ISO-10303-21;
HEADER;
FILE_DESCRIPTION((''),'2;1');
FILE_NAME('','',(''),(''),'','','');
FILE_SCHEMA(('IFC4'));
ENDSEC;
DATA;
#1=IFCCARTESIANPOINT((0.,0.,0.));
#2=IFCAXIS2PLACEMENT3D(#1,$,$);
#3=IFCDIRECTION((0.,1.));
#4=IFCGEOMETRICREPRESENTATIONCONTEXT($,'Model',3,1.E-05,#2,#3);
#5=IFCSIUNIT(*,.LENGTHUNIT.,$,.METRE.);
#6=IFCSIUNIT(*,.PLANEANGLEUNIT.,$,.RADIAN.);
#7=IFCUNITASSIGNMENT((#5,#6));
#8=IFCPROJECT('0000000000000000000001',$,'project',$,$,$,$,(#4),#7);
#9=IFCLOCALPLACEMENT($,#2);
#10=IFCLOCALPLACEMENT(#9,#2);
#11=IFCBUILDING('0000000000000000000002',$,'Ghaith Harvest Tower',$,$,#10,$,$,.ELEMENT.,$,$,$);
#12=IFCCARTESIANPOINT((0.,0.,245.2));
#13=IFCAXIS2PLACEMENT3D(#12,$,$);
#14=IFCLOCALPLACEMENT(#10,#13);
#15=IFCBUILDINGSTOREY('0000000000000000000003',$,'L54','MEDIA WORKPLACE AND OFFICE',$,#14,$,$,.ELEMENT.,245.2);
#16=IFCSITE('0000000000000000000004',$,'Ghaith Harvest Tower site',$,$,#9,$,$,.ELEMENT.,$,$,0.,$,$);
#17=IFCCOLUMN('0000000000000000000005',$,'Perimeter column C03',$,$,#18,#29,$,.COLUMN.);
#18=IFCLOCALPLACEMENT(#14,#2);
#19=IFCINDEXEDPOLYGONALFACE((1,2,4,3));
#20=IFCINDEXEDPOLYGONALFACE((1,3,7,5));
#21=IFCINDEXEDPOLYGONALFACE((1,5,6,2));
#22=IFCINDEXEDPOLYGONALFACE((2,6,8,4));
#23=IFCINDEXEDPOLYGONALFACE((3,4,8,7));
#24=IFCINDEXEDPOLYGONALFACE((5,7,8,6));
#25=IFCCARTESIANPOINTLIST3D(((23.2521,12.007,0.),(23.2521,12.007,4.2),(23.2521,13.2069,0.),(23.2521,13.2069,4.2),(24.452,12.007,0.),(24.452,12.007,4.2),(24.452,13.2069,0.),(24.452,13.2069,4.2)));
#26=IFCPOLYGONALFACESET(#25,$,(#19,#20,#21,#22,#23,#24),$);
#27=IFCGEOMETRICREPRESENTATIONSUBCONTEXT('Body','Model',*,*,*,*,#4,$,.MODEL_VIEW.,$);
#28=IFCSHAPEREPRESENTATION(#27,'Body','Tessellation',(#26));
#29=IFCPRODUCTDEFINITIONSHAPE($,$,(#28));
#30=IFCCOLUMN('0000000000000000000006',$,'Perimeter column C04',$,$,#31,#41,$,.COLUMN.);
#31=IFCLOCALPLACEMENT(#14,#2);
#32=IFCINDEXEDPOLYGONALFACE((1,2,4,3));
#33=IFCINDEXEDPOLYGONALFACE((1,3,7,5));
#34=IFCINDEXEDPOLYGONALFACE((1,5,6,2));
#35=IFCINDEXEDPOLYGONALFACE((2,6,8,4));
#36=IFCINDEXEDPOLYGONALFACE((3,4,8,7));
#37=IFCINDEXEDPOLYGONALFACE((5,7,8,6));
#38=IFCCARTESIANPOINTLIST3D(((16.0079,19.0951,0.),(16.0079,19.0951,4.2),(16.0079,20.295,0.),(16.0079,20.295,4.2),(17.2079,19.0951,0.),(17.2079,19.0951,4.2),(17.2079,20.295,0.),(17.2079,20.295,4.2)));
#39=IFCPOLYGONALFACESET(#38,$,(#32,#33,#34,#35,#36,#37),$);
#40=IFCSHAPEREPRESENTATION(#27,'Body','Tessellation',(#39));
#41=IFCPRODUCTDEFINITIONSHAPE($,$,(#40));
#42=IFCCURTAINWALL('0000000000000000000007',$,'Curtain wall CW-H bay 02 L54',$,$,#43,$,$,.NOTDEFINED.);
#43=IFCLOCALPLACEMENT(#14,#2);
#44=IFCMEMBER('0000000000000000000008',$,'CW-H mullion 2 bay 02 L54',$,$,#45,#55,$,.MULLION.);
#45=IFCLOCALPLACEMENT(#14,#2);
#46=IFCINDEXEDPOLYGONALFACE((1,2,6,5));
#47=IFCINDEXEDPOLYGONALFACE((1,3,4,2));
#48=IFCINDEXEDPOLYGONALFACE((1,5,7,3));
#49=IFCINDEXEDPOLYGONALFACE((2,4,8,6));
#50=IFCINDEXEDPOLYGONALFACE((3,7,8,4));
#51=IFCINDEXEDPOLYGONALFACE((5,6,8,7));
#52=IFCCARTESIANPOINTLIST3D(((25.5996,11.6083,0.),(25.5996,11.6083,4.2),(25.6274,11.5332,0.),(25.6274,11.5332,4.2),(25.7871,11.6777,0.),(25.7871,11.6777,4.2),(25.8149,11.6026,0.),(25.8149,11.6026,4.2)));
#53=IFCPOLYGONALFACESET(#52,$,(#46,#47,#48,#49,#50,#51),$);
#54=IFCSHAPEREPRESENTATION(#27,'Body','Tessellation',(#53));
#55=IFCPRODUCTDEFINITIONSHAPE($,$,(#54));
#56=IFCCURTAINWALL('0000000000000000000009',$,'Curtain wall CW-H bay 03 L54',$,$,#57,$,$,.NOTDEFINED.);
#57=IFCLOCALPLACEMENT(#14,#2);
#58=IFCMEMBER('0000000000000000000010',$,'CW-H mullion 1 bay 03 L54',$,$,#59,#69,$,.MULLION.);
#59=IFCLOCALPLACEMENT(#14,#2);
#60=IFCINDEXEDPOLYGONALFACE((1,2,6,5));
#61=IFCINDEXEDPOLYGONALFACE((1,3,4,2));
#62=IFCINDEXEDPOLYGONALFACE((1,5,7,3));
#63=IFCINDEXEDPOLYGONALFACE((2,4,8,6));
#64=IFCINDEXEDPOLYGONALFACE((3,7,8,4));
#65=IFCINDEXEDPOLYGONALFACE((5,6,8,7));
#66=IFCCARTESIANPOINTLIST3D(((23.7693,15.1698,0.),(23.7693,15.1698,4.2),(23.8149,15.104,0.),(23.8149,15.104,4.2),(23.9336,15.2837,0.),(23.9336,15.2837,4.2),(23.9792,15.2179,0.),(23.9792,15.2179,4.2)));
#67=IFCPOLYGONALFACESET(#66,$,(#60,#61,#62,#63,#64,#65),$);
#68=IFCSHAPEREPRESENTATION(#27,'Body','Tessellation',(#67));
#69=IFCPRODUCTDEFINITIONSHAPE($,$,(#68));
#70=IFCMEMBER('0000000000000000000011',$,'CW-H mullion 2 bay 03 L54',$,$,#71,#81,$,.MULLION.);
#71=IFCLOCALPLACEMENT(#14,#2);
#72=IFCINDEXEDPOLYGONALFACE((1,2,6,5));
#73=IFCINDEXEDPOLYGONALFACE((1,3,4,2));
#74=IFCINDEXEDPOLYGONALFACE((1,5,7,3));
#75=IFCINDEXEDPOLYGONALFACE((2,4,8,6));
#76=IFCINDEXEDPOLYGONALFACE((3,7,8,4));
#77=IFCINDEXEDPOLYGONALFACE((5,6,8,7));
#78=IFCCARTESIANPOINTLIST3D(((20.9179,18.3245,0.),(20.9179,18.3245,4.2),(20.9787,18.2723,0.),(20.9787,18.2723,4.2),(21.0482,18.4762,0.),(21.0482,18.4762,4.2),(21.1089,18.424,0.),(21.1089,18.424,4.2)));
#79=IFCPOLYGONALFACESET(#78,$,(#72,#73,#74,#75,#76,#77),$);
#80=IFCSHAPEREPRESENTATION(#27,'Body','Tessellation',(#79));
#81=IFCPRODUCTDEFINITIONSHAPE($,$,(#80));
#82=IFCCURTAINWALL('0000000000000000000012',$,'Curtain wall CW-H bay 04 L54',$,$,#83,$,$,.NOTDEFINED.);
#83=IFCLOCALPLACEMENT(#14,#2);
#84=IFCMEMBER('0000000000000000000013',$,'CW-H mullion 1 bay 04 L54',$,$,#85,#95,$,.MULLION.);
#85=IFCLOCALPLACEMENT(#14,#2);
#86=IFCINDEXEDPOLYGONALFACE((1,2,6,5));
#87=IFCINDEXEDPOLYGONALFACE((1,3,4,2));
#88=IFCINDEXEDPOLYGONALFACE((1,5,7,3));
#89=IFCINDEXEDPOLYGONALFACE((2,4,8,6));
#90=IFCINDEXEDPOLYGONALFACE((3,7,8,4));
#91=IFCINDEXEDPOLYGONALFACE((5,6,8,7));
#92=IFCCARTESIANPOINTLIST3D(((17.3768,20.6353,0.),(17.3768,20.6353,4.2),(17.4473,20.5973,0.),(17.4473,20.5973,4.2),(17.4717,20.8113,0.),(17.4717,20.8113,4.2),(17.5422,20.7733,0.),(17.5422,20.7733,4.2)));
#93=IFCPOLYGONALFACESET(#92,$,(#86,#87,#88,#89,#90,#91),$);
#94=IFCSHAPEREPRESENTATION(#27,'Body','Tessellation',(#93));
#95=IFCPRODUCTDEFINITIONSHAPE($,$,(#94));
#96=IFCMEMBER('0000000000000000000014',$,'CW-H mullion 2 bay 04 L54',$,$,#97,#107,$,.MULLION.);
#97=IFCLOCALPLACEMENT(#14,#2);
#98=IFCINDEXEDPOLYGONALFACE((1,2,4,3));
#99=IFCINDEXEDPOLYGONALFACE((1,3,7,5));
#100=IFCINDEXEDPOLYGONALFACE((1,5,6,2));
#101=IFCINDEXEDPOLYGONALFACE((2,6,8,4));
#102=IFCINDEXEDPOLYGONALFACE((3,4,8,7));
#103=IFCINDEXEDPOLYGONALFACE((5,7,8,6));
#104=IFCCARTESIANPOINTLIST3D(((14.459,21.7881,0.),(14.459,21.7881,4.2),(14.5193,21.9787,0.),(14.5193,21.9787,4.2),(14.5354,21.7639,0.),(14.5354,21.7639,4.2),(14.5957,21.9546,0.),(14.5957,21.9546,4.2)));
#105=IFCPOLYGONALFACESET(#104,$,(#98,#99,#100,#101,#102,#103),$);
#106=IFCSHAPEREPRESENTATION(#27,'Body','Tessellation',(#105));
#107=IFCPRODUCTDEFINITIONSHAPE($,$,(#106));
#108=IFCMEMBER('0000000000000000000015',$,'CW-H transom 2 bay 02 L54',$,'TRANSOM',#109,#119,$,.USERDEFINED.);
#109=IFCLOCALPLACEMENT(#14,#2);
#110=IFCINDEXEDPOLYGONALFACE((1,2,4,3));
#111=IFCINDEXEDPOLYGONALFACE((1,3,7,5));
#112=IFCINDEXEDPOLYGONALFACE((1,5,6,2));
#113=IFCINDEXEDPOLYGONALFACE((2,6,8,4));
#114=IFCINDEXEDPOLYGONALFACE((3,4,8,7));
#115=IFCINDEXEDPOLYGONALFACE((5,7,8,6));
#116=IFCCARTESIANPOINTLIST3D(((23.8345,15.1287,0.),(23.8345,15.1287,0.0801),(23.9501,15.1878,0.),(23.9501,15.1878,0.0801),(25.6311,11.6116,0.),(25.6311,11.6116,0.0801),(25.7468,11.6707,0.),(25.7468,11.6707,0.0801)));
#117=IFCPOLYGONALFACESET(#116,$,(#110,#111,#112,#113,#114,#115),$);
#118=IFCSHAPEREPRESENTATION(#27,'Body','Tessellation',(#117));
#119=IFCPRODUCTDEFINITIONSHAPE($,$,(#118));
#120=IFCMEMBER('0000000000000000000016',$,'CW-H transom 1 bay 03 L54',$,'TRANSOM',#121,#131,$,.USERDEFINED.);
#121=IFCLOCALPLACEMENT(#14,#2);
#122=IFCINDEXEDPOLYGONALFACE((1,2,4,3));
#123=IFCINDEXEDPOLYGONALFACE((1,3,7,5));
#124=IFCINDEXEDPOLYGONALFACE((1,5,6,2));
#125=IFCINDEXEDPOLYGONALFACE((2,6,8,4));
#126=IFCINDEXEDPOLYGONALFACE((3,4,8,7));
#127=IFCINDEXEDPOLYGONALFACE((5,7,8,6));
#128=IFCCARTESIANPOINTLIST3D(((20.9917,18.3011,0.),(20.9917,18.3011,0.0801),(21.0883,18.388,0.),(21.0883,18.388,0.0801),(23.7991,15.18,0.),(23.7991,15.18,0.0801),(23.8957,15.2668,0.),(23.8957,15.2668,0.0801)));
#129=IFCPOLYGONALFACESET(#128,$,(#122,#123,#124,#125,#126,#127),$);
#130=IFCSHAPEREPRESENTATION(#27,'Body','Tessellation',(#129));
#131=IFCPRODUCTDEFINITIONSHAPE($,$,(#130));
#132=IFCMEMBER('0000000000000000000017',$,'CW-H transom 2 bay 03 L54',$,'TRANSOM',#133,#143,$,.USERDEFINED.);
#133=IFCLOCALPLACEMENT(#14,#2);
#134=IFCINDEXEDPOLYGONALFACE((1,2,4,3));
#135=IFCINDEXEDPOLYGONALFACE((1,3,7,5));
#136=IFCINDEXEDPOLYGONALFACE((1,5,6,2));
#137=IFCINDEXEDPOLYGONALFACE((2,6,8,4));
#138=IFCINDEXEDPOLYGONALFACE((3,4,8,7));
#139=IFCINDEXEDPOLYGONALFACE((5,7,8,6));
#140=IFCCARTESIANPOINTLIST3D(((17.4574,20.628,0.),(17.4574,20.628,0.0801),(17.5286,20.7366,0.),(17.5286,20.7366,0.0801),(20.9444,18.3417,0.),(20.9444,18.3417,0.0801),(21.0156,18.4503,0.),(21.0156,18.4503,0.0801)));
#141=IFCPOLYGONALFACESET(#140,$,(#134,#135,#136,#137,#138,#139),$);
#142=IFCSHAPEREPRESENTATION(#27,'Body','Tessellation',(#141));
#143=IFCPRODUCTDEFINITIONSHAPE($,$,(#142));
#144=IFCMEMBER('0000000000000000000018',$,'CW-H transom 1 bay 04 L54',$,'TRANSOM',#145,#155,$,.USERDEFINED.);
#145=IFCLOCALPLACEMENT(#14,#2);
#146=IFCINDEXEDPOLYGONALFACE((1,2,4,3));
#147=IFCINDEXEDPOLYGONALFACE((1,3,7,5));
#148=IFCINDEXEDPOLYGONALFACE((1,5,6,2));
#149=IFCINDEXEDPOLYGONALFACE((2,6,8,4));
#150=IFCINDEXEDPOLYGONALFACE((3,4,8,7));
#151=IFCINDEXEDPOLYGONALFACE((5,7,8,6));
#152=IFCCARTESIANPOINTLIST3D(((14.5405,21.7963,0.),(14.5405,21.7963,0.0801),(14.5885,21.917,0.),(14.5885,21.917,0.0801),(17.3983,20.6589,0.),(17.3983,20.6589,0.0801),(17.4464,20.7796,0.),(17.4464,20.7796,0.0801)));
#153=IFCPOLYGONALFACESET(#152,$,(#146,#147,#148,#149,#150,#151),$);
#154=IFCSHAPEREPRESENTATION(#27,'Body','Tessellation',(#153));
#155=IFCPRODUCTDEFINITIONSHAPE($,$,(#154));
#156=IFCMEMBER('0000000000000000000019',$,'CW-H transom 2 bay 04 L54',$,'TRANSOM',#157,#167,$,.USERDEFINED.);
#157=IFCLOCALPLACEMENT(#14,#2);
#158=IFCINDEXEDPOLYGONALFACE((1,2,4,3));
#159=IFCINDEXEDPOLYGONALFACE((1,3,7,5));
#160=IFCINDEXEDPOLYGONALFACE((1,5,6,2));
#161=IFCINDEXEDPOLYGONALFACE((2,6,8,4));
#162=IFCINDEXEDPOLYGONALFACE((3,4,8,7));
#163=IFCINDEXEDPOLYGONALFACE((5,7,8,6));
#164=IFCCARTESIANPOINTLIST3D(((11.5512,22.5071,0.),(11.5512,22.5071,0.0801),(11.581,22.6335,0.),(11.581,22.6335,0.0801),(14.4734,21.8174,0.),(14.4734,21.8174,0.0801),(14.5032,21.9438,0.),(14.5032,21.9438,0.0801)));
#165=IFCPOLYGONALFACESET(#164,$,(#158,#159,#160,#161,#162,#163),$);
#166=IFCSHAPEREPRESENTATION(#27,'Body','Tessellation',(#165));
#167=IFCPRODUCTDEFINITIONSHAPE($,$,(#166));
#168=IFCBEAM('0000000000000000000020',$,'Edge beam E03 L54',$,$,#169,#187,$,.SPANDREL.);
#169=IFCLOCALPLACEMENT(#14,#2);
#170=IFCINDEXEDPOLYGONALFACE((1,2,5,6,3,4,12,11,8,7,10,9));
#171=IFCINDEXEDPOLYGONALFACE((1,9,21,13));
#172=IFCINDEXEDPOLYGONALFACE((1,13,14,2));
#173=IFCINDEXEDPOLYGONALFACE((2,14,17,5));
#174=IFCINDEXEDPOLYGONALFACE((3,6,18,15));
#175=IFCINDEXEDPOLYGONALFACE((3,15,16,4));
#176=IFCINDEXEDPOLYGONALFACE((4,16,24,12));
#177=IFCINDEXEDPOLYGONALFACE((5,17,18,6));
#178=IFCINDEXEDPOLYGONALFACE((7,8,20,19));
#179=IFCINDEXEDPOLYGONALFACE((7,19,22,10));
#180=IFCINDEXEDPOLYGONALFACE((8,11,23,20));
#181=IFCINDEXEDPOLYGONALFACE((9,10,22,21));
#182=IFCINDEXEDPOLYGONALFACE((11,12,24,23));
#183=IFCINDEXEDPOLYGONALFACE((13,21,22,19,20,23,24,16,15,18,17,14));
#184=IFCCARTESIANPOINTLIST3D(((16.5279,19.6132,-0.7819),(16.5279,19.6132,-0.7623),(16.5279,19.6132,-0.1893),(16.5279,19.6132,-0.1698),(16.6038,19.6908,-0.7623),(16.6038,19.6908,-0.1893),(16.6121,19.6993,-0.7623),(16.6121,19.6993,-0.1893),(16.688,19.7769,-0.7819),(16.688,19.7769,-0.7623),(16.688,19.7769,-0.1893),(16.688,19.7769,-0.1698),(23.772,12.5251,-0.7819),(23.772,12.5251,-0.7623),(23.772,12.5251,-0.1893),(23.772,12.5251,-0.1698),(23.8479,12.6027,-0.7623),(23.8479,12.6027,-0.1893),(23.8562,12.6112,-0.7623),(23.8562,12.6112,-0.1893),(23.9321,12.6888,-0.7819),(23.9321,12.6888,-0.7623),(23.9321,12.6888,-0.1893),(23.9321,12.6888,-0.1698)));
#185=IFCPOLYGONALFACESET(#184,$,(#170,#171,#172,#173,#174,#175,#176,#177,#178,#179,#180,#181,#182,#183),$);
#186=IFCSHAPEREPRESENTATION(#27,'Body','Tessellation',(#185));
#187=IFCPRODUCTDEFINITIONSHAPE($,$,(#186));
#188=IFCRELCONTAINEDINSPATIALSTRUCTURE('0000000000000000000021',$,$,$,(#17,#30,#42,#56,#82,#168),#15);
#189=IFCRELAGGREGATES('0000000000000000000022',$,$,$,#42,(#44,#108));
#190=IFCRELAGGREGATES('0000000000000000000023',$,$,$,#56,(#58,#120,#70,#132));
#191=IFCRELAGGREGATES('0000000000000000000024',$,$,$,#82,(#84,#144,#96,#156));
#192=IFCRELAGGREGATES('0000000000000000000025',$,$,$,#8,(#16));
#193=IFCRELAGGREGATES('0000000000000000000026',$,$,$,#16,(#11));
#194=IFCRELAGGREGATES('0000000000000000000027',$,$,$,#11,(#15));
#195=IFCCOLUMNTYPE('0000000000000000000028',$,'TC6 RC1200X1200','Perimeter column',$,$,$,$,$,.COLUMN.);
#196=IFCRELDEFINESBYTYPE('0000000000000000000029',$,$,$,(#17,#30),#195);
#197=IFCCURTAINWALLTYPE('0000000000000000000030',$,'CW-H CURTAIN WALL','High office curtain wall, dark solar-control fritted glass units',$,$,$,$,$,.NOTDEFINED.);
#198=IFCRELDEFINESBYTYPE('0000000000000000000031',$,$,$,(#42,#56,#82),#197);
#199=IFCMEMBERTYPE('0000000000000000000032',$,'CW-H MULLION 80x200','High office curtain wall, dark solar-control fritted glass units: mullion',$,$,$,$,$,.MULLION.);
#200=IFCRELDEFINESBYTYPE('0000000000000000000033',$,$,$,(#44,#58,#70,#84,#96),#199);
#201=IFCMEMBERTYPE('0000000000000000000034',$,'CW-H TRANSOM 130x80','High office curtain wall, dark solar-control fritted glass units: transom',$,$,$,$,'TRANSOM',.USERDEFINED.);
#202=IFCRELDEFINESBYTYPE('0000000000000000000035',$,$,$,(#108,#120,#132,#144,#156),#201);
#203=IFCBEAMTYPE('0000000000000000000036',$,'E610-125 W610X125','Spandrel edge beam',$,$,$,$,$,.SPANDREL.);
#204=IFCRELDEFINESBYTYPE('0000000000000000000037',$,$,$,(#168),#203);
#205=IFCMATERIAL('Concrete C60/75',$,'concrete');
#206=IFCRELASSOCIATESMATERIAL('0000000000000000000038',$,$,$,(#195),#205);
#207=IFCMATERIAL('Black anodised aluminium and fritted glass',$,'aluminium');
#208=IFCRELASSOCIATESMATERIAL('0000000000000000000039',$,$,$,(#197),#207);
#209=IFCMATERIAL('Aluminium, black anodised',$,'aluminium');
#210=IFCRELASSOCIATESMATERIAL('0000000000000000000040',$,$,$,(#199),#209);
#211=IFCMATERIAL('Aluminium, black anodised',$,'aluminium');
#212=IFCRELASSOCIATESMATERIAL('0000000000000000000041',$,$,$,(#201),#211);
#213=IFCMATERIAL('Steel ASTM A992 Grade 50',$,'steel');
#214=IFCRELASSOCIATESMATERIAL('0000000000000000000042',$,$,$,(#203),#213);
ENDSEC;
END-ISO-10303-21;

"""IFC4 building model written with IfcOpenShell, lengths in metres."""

from ifc_helpers import new_model, si_unit, direction, frame, origin, origin_2d, place, context, subcontext, project, spatial, rectangle, i_section, extrude, material, material_profile, profile_set, type_object, element, aggregate, save


model = new_model("IFC4")

# Units and contexts
model_context = context("Model", 3, precision=1e-05, world=origin(), true_north=direction((0.0, 1.0)))
body_context = subcontext(model_context, "Body", "Model", "MODEL_VIEW")
ifc_project = project(units=[si_unit("LENGTHUNIT", "METRE"), si_unit("PLANEANGLEUNIT", "RADIAN")], contexts=[model_context])

# Site, building, storey
site_placement = place(None, origin())
site = spatial("IfcSite", under=ifc_project, at=site_placement, Name="Ghaith Harvest Tower site", CompositionType="ELEMENT", RefElevation=0.0)
building_placement = place(site_placement, origin())
building = spatial("IfcBuilding", under=site, at=building_placement, Name="Ghaith Harvest Tower", CompositionType="ELEMENT")
storey_placement = place(building_placement, frame((0.0, 0.0, 245.2)))
storey = spatial("IfcBuildingStorey", under=building, at=storey_placement, Name="L54", Description="MEDIA WORKPLACE AND OFFICE", CompositionType="ELEMENT", Elevation=245.2)

# Columns
ifc_material_1 = material(Name="Concrete C60/75", Category="concrete")
ifc_material_profile_1 = material_profile(ifc_material_1, rectangle(XDim=1.2, YDim=1.2, at=origin_2d()), Name="RC1200X1200")
ifc_profile_set_1 = profile_set([ifc_material_profile_1], Name="Concrete C60/75")
column_type = type_object("IfcColumnType", Name="TC6 RC1200X1200", Description="Perimeter column", PredefinedType="COLUMN", material=ifc_profile_set_1)
for number, where, z_axis, x_axis, name in (
    (1, (23.8521, 12.6069, 0.0), (0.0, 0.0, 1.0), (1.0, 0.0, 0.0), "Perimeter column C03"),
    (2, (16.6079, 19.6951, 0.0), (0.0, 0.0, 1.0), (1.0, 0.0, 0.0), "Perimeter column C04"),
):
    element("IfcColumn", number, at=place(storey_placement, frame(where, z_axis=z_axis, x_axis=x_axis)), inside=storey, type_object=column_type, Name=name, PredefinedType="COLUMN", context=body_context, shape_type="SweptSolid", body=[
        extrude(rectangle(XDim=1.2, YDim=1.2, at=origin_2d()), origin(), (0.0, 0.0, 1.0), 4.2),
    ])

# Curtain wall, member
ifc_material_2 = material(Name="Black anodised aluminium and fritted glass", Category="aluminium")
curtain_wall_type = type_object("IfcCurtainWallType", Name="CW-H CURTAIN WALL", Description="High office curtain wall, dark solar-control fritted glass units", PredefinedType="NOTDEFINED", material=ifc_material_2)
curtain_wall_1_placement = place(storey_placement, origin())
curtain_wall_1 = element("IfcCurtainWall", 3, at=curtain_wall_1_placement, inside=storey, type_object=curtain_wall_type, Name="Curtain wall CW-H bay 02 L54", PredefinedType="NOTDEFINED")
ifc_material_3 = material(Name="Aluminium, black anodised", Category="aluminium")
ifc_material_profile_2 = material_profile(ifc_material_3, rectangle(XDim=0.0801, YDim=0.2, at=origin_2d()), Name="CW-H MULLION 80x200")
ifc_profile_set_2 = profile_set([ifc_material_profile_2], Name="Aluminium, black anodised")
member_type_1 = type_object("IfcMemberType", Name="CW-H MULLION 80x200", Description="High office curtain wall, dark solar-control fritted glass units: mullion", PredefinedType="MULLION", material=ifc_profile_set_2)
member_1_placement = place(storey_placement, frame((25.7073, 11.6055, 0.0), z_axis=(0.0, 0.0, 1.0), x_axis=(-0.347012, 0.937861, 0.0)))
member_1 = element("IfcMember", 4, at=member_1_placement, type_object=member_type_1, Name="CW-H mullion 2 bay 02 L54", PredefinedType="MULLION", context=body_context, shape_type="SweptSolid", body=[
    extrude(rectangle(XDim=0.0801, YDim=0.2, at=origin_2d()), origin(), (0.0, 0.0, 1.0), 4.2),
])

# Curtain walls, members
curtain_wall_2_placement = place(storey_placement, origin())
curtain_wall_2 = element("IfcCurtainWall", 5, at=curtain_wall_2_placement, inside=storey, type_object=curtain_wall_type, Name="Curtain wall CW-H bay 03 L54", PredefinedType="NOTDEFINED")
member_2_placement = place(storey_placement, frame((23.8743, 15.1938, 0.0), z_axis=(0.0, 0.0, 1.0), x_axis=(-0.569847, 0.821751, 0.0)))
member_2 = element("IfcMember", 6, at=member_2_placement, type_object=member_type_1, Name="CW-H mullion 1 bay 03 L54", PredefinedType="MULLION", context=body_context, shape_type="SweptSolid", body=[
    extrude(rectangle(XDim=0.0801, YDim=0.2, at=origin_2d()), origin(), (0.0, 0.0, 1.0), 4.2),
])
member_3_placement = place(storey_placement, frame((21.0134, 18.3743, 0.0), z_axis=(0.0, 0.0, 1.0), x_axis=(-0.758541, 0.651625, 0.0)))
member_3 = element("IfcMember", 7, at=member_3_placement, type_object=member_type_1, Name="CW-H mullion 2 bay 03 L54", PredefinedType="MULLION", context=body_context, shape_type="SweptSolid", body=[
    extrude(rectangle(XDim=0.0801, YDim=0.2, at=origin_2d()), origin(), (0.0, 0.0, 1.0), 4.2),
])
curtain_wall_3_placement = place(storey_placement, origin())
curtain_wall_3 = element("IfcCurtainWall", 8, at=curtain_wall_3_placement, inside=storey, type_object=curtain_wall_type, Name="Curtain wall CW-H bay 04 L54", PredefinedType="NOTDEFINED")
member_4_placement = place(storey_placement, frame((17.4595, 20.7043, 0.0), z_axis=(0.0, 0.0, 1.0), x_axis=(-0.880203, 0.474597, 0.0)))
member_4 = element("IfcMember", 9, at=member_4_placement, type_object=member_type_1, Name="CW-H mullion 1 bay 04 L54", PredefinedType="MULLION", context=body_context, shape_type="SweptSolid", body=[
    extrude(rectangle(XDim=0.0801, YDim=0.2, at=origin_2d()), origin(), (0.0, 0.0, 1.0), 4.2),
])
member_5_placement = place(storey_placement, frame((14.5273, 21.8713, 0.0), z_axis=(0.0, 0.0, 1.0), x_axis=(-0.953503, 0.301384, 0.0)))
member_5 = element("IfcMember", 10, at=member_5_placement, type_object=member_type_1, Name="CW-H mullion 2 bay 04 L54", PredefinedType="MULLION", context=body_context, shape_type="SweptSolid", body=[
    extrude(rectangle(XDim=0.0801, YDim=0.2, at=origin_2d()), origin(), (0.0, 0.0, 1.0), 4.2),
])

# Members
ifc_material_4 = material(Name="Aluminium, black anodised", Category="aluminium")
ifc_material_profile_3 = material_profile(ifc_material_4, rectangle(XDim=0.1299, YDim=0.0801, at=origin_2d()), Name="CW-H TRANSOM 130x80")
ifc_profile_set_3 = profile_set([ifc_material_profile_3], Name="Aluminium, black anodised")
member_type_2 = type_object("IfcMemberType", Name="CW-H TRANSOM 130x80", Description="High office curtain wall, dark solar-control fritted glass units: transom", ElementType="TRANSOM", PredefinedType="USERDEFINED", material=ifc_profile_set_3)
member_6_placement = place(storey_placement, frame((25.689, 11.6411, 0.04), z_axis=(-0.454912, 0.890537, 0.0), x_axis=(-0.890537, -0.454912, 0.0)))
member_6 = element("IfcMember", 11, at=member_6_placement, type_object=member_type_2, Name="CW-H transom 2 bay 02 L54", ObjectType="TRANSOM", PredefinedType="USERDEFINED", context=body_context, shape_type="SweptSolid", body=[
    extrude(rectangle(XDim=0.1299, YDim=0.0801, at=origin_2d()), origin(), (0.0, 0.0, 1.0), 3.9495),
])
member_7_placement = place(storey_placement, frame((23.8474, 15.2234, 0.04), z_axis=(-0.668753, 0.743485, 0.0), x_axis=(-0.743485, -0.668753, 0.0)))
member_7 = element("IfcMember", 12, at=member_7_placement, type_object=member_type_2, Name="CW-H transom 1 bay 03 L54", ObjectType="TRANSOM", PredefinedType="USERDEFINED", context=body_context, shape_type="SweptSolid", body=[
    extrude(rectangle(XDim=0.1299, YDim=0.0801, at=origin_2d()), origin(), (0.0, 0.0, 1.0), 4.198),
])
member_8_placement = place(storey_placement, frame((20.98, 18.396, 0.04), z_axis=(-0.836269, 0.54832, 0.0), x_axis=(-0.54832, -0.836269, 0.0)))
member_8 = element("IfcMember", 13, at=member_8_placement, type_object=member_type_2, Name="CW-H transom 2 bay 03 L54", ObjectType="TRANSOM", PredefinedType="USERDEFINED", context=body_context, shape_type="SweptSolid", body=[
    extrude(rectangle(XDim=0.1299, YDim=0.0801, at=origin_2d()), origin(), (0.0, 0.0, 1.0), 4.1697),
])
member_9_placement = place(storey_placement, frame((17.4224, 20.7192, 0.04), z_axis=(-0.929116, 0.369789, 0.0), x_axis=(-0.369789, -0.929116, 0.0)))
member_9 = element("IfcMember", 14, at=member_9_placement, type_object=member_type_2, Name="CW-H transom 1 bay 04 L54", ObjectType="TRANSOM", PredefinedType="USERDEFINED", context=body_context, shape_type="SweptSolid", body=[
    extrude(rectangle(XDim=0.1299, YDim=0.0801, at=origin_2d()), origin(), (0.0, 0.0, 1.0), 3.0759),
])
member_10_placement = place(storey_placement, frame((14.4883, 21.8806, 0.04), z_axis=(-0.973258, 0.229715, 0.0), x_axis=(-0.229715, -0.973258, 0.0)))
member_10 = element("IfcMember", 15, at=member_10_placement, type_object=member_type_2, Name="CW-H transom 2 bay 04 L54", ObjectType="TRANSOM", PredefinedType="USERDEFINED", context=body_context, shape_type="SweptSolid", body=[
    extrude(rectangle(XDim=0.1299, YDim=0.0801, at=origin_2d()), origin(), (0.0, 0.0, 1.0), 3.0024),
])

# Beam
ifc_material_5 = material(Name="Steel ASTM A992 Grade 50", Category="steel")
ifc_material_profile_4 = material_profile(ifc_material_5, i_section(OverallWidth=0.229, OverallDepth=0.6121, WebThickness=0.012, FlangeThickness=0.0195, at=origin_2d()), Name="W610X125")
ifc_profile_set_4 = profile_set([ifc_material_profile_4], Name="Steel ASTM A992 Grade 50")
beam_type = type_object("IfcBeamType", Name="E610-125 W610X125", Description="Spandrel edge beam", PredefinedType="SPANDREL", material=ifc_profile_set_4)
beam_1_placement = place(storey_placement, frame((23.8521, 12.6069, -0.4758), z_axis=(-0.714761, 0.699369, 0.0), x_axis=(-0.699369, -0.714761, 0.0)))
element("IfcBeam", 16, at=beam_1_placement, inside=storey, type_object=beam_type, Name="Edge beam E03 L54", PredefinedType="SPANDREL", context=body_context, shape_type="SweptSolid", body=[
    extrude(i_section(OverallWidth=0.229, OverallDepth=0.6121, WebThickness=0.012, FlangeThickness=0.0195, at=origin_2d()), origin(), (0.0, 0.0, 1.0), 10.135),
])

aggregate(curtain_wall_1, [member_1, member_6])
aggregate(curtain_wall_2, [member_2, member_7, member_3, member_8])
aggregate(curtain_wall_3, [member_4, member_9, member_5, member_10])

save(model, "model.ifc")
